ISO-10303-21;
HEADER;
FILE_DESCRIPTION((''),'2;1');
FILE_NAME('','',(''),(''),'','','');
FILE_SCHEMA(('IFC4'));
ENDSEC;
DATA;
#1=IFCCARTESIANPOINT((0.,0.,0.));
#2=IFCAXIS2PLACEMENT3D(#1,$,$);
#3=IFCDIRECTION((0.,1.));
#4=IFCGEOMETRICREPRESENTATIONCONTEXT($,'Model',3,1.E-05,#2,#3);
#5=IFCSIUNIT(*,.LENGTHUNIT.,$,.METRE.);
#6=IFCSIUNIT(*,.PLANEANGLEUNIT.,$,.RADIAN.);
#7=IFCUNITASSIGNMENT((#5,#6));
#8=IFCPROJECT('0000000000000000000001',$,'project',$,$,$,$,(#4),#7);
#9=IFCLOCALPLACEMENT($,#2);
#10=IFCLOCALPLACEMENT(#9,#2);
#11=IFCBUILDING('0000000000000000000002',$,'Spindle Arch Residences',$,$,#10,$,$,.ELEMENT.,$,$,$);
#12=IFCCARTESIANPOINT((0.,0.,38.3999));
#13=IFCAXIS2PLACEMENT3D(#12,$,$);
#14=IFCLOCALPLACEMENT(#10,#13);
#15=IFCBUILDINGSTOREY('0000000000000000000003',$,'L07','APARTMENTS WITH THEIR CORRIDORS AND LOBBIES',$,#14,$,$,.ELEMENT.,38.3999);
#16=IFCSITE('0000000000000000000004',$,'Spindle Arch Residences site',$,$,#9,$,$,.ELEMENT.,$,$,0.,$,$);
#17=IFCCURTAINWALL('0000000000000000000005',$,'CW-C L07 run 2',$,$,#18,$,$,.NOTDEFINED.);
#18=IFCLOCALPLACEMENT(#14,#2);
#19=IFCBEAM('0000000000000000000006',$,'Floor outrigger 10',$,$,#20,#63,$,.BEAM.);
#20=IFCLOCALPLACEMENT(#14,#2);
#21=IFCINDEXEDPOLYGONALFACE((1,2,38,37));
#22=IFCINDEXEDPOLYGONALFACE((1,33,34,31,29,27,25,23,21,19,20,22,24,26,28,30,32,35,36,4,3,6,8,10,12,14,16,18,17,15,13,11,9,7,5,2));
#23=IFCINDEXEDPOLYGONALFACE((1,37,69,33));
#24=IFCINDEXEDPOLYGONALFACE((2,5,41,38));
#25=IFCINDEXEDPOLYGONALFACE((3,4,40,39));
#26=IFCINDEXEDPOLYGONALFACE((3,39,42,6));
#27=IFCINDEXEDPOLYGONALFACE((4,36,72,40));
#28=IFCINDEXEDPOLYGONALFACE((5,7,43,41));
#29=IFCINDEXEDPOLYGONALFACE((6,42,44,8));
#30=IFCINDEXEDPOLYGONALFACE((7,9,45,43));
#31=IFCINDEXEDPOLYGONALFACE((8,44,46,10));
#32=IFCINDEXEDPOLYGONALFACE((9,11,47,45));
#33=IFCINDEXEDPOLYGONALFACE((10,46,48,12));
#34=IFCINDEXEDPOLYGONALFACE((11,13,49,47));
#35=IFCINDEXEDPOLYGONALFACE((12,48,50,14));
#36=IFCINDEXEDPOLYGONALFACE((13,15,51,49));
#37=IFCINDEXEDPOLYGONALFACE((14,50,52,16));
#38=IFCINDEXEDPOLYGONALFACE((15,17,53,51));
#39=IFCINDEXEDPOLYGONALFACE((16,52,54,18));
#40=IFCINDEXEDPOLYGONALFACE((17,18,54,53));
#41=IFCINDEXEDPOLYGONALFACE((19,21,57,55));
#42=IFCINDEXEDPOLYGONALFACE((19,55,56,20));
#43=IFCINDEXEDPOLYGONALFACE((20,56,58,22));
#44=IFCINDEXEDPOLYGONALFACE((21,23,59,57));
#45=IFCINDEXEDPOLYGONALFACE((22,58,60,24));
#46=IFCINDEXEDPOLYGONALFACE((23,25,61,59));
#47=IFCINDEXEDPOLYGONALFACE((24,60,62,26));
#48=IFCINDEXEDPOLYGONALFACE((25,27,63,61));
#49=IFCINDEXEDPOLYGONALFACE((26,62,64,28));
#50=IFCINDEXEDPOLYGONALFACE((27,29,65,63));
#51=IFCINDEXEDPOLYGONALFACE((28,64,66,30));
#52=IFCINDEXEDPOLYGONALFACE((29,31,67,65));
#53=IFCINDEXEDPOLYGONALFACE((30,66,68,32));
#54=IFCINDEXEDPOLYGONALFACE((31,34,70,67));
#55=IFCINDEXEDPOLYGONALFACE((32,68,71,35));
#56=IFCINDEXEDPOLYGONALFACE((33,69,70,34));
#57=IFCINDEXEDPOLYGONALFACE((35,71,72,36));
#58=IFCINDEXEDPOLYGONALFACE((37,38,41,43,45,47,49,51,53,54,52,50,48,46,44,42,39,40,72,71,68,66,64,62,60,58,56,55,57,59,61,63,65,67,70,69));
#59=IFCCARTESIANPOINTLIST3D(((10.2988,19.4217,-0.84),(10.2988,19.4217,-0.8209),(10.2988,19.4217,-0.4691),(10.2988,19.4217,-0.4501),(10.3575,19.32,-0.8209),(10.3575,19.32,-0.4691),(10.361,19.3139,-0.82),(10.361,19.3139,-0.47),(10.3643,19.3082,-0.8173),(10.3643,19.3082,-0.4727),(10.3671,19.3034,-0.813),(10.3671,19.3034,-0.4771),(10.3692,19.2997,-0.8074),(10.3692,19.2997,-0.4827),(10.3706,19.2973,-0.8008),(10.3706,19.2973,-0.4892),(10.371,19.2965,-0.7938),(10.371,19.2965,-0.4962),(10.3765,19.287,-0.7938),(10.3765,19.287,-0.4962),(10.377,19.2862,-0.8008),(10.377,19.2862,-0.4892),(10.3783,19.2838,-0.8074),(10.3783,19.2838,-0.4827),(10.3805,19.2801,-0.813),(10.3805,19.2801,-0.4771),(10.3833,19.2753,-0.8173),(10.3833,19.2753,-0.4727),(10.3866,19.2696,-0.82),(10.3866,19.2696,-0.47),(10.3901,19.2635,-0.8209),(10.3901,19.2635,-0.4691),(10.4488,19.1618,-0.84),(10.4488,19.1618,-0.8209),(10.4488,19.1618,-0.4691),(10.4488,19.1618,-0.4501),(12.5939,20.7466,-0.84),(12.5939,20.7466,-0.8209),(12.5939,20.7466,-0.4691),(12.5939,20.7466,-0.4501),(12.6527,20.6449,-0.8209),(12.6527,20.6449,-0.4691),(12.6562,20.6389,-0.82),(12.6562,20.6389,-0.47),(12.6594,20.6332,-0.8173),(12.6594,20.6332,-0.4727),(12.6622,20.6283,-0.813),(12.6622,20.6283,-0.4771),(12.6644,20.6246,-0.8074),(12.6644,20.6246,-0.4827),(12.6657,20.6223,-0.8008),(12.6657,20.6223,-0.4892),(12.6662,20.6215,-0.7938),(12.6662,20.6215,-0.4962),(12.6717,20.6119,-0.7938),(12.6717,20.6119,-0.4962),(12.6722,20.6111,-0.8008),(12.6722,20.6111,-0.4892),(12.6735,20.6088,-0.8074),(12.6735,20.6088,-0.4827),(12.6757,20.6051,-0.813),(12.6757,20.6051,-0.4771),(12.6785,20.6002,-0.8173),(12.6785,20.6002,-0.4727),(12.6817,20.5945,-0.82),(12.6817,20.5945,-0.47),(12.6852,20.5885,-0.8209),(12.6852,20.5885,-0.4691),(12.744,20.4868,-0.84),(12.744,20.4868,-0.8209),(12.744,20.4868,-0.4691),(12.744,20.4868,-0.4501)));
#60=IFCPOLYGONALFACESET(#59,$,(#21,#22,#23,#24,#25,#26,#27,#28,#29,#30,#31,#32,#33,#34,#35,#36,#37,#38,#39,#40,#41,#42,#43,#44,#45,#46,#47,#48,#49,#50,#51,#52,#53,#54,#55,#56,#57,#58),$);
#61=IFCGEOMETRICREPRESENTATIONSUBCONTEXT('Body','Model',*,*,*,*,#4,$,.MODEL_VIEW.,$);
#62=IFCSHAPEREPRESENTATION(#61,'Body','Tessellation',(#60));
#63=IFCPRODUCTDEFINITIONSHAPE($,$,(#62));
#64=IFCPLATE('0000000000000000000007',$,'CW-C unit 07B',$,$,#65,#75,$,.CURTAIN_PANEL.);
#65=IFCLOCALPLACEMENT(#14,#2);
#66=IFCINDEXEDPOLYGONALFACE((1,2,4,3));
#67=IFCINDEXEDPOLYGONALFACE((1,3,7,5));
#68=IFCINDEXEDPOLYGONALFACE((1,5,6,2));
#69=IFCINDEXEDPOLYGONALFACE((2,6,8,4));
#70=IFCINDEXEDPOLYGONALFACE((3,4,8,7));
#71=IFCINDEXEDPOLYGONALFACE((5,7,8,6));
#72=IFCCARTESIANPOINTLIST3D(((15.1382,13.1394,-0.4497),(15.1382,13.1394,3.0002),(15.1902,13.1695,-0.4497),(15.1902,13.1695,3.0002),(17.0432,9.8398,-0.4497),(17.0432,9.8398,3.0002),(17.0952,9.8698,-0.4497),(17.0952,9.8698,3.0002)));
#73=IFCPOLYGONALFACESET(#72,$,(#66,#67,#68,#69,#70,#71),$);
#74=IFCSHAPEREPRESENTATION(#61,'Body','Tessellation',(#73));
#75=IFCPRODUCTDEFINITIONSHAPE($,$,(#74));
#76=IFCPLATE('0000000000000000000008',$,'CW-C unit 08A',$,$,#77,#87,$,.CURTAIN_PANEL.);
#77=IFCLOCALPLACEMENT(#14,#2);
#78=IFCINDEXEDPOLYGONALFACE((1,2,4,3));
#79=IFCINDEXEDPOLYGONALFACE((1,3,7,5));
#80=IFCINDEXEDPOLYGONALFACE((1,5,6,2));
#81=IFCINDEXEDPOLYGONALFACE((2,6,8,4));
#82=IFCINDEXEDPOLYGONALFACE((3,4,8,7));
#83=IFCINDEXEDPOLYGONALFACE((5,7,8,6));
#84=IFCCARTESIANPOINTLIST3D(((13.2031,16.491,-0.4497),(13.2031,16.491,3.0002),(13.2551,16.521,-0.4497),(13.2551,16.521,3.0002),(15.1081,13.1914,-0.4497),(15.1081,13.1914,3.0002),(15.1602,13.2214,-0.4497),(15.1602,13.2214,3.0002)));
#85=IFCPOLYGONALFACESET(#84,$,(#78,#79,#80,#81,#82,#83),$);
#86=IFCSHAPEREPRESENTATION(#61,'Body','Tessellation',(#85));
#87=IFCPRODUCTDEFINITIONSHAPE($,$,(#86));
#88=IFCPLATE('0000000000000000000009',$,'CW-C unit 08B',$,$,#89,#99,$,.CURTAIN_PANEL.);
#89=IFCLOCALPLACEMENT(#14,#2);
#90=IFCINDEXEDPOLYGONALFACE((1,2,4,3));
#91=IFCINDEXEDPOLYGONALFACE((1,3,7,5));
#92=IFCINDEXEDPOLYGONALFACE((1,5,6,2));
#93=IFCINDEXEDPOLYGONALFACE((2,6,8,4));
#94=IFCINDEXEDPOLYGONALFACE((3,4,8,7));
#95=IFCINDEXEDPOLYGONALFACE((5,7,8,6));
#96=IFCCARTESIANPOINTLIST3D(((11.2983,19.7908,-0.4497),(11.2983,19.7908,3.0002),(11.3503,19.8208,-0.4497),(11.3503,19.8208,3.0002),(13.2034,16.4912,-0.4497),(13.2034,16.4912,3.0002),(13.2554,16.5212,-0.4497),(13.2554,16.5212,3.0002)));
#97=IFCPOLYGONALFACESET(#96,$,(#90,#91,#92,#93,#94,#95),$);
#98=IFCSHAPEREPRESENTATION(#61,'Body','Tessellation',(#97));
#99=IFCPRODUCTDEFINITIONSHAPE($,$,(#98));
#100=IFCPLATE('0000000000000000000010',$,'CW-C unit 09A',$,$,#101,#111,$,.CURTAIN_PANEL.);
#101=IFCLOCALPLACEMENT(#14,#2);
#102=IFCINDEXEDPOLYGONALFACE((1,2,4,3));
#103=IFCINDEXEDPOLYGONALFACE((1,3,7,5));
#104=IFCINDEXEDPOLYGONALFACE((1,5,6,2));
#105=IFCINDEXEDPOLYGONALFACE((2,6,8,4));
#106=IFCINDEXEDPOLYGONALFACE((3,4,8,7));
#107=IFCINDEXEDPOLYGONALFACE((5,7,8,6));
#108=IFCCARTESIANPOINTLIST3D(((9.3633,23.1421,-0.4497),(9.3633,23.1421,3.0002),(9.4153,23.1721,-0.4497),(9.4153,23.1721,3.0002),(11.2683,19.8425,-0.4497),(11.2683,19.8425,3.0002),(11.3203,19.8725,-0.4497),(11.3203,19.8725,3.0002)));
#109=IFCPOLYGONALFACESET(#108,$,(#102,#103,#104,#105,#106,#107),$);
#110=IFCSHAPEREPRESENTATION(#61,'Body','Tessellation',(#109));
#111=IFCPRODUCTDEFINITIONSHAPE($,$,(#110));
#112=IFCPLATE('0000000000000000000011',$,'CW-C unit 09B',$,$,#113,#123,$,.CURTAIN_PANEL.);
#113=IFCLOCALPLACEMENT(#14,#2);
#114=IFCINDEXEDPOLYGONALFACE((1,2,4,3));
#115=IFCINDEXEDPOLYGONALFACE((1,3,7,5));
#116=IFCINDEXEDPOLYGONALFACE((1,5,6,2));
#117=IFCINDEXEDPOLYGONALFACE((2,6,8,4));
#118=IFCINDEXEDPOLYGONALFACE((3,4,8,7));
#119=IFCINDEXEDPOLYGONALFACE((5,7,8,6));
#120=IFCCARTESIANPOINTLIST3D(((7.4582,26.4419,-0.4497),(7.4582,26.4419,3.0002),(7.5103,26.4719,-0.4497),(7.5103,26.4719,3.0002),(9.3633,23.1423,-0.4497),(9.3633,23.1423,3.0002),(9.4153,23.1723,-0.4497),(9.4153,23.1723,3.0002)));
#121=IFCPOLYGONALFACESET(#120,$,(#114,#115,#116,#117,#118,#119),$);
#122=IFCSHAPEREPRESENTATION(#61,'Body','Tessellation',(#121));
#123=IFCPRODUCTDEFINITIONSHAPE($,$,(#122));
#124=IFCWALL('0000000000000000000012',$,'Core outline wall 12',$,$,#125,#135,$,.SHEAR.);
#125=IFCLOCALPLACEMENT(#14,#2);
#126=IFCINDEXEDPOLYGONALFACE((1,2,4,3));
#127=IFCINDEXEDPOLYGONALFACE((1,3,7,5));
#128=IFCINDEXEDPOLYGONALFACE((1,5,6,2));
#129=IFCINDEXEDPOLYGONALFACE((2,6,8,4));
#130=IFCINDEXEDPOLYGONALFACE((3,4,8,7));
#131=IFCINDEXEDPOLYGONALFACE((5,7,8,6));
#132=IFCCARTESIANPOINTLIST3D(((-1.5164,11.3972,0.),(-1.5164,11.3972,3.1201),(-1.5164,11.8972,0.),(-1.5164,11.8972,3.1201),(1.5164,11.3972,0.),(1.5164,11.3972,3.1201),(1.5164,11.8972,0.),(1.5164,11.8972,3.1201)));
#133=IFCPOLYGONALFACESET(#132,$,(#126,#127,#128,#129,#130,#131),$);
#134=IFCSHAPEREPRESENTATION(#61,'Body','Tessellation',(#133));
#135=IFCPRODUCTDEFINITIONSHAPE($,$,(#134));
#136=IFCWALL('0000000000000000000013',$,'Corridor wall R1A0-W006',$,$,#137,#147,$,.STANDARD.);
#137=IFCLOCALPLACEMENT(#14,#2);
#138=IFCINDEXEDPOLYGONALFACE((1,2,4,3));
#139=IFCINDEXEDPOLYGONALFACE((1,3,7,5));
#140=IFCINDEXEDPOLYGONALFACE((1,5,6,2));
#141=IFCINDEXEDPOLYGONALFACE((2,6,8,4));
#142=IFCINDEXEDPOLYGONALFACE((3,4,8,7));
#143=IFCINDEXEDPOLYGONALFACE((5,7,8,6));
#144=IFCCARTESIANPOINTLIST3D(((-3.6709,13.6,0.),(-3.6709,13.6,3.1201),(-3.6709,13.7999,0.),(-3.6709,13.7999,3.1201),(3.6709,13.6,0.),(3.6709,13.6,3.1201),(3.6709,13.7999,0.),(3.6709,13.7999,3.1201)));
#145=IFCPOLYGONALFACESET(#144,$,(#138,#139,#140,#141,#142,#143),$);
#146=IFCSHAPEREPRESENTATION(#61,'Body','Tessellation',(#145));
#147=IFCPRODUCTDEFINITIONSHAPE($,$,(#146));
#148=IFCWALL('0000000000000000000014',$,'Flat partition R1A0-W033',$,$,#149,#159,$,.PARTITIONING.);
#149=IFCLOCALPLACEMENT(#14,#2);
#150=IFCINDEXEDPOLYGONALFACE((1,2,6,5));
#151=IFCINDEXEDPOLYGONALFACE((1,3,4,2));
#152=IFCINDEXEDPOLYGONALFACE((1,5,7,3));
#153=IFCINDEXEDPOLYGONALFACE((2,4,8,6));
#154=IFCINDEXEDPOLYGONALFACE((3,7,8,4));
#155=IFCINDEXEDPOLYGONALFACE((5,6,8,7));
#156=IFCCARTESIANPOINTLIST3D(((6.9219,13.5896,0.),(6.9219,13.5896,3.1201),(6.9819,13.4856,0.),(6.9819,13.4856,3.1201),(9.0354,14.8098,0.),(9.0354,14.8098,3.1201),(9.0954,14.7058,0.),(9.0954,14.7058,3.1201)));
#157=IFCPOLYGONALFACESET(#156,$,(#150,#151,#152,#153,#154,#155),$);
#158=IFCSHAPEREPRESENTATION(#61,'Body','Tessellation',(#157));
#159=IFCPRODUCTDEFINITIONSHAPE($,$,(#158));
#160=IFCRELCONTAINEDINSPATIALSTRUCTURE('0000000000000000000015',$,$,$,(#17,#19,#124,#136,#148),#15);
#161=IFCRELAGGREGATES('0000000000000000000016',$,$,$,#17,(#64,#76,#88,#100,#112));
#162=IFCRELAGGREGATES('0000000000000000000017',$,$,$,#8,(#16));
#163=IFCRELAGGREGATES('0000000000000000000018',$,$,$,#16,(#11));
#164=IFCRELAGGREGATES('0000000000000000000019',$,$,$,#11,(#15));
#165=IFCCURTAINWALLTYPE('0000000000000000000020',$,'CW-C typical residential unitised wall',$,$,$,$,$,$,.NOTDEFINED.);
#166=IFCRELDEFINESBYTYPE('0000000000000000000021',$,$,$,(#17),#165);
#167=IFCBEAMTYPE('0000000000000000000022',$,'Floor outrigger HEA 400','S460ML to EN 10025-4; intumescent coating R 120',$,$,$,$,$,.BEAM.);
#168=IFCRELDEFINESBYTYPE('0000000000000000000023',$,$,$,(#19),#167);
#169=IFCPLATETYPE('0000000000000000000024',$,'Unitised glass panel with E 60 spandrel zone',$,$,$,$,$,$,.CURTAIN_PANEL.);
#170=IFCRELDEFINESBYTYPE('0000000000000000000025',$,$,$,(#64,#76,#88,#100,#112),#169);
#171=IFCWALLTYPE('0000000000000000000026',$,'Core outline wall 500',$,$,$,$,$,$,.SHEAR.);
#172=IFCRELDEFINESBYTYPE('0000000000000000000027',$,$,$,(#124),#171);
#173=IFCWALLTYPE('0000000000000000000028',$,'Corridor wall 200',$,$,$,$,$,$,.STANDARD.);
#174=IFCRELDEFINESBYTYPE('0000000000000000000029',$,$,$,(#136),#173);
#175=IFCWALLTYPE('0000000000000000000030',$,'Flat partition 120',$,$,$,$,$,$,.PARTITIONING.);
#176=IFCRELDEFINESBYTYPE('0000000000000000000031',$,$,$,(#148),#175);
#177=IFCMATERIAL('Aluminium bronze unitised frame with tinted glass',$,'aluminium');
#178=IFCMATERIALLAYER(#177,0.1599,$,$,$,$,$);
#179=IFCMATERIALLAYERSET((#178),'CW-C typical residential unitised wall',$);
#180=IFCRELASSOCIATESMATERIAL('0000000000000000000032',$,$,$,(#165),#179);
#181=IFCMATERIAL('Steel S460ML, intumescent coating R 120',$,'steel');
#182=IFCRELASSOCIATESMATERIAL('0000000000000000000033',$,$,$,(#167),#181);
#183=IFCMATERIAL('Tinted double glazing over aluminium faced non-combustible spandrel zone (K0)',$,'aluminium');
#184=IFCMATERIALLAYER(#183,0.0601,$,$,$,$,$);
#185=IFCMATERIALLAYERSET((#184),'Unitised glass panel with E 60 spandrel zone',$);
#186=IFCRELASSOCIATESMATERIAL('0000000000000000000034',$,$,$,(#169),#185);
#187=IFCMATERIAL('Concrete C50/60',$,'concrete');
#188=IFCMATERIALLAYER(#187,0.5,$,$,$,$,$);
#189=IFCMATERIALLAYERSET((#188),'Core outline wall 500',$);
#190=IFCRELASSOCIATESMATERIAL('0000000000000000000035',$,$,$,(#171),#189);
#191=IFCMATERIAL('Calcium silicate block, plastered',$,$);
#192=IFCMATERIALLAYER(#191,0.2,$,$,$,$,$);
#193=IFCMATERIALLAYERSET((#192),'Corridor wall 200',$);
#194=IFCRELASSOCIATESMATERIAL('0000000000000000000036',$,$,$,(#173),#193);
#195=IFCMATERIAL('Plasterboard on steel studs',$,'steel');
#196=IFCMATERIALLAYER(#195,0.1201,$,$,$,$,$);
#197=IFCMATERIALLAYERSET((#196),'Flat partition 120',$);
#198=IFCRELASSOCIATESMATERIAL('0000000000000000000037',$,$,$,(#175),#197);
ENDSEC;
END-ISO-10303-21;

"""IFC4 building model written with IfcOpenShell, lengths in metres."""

from ifc_helpers import new_model, si_unit, direction, frame, frame_2d, origin, origin_2d, place, context, subcontext, project, spatial, rectangle, i_section, extrude, material, layer, layer_set, material_profile, profile_set, type_object, element, aggregate, save


model = new_model("IFC4")

# Units and contexts
model_context = context("Model", 3, precision=1e-05, world=origin(), true_north=direction((0.0, 1.0)))
body_context = subcontext(model_context, "Body", "Model", "MODEL_VIEW")
ifc_project = project(units=[si_unit("LENGTHUNIT", "METRE"), si_unit("PLANEANGLEUNIT", "RADIAN")], contexts=[model_context])

# Site, building, storey
site_placement = place(None, origin())
site = spatial("IfcSite", under=ifc_project, at=site_placement, Name="Spindle Arch Residences site", CompositionType="ELEMENT", RefElevation=0.0)
building_placement = place(site_placement, origin())
building = spatial("IfcBuilding", under=site, at=building_placement, Name="Spindle Arch Residences", CompositionType="ELEMENT")
storey_placement = place(building_placement, frame((0.0, 0.0, 38.3999)))
storey = spatial("IfcBuildingStorey", under=building, at=storey_placement, Name="L07", Description="APARTMENTS WITH THEIR CORRIDORS AND LOBBIES", CompositionType="ELEMENT", Elevation=38.3999)

# Curtain wall
ifc_material_1 = material(Name="Aluminium bronze unitised frame with tinted glass", Category="aluminium")
ifc_layer_1 = layer(ifc_material_1, 0.1599)
ifc_layer_set_1 = layer_set([ifc_layer_1], Name="CW-C typical residential unitised wall")
curtain_wall_type = type_object("IfcCurtainWallType", Name="CW-C typical residential unitised wall", PredefinedType="NOTDEFINED", material=ifc_layer_set_1)
curtain_wall_placement = place(storey_placement, origin())
curtain_wall = element("IfcCurtainWall", 1, at=curtain_wall_placement, inside=storey, type_object=curtain_wall_type, Name="CW-C L07 run 2", PredefinedType="NOTDEFINED")

# Beam
ifc_material_2 = material(Name="Steel S460ML, intumescent coating R 120", Category="steel")
ifc_material_profile_1 = material_profile(ifc_material_2, i_section(OverallWidth=0.3, OverallDepth=0.3899, WebThickness=0.011, FlangeThickness=0.019, FilletRadius=0.0271, at=origin_2d()), Name="HEA 400")
ifc_profile_set_1 = profile_set([ifc_material_profile_1], Name="Steel S460ML, intumescent coating R 120")
beam_type_1 = type_object("IfcBeamType", Name="Floor outrigger HEA 400", Description="S460ML to EN 10025-4; intumescent coating R 120", PredefinedType="BEAM", material=ifc_profile_set_1)
for number, where, z_axis, x_axis, name in (
    (2, (12.6689, 20.6167, -0.645), (-0.866052, -0.499954, 0.0), (0.499954, -0.866052, 0.0), "Floor outrigger 10"),
):
    element("IfcBeam", number, at=place(storey_placement, frame(where, z_axis=z_axis, x_axis=x_axis)), inside=storey, type_object=beam_type_1, Name=name, PredefinedType="BEAM", context=body_context, shape_type="SweptSolid", body=[
        extrude(i_section(OverallWidth=0.3, OverallDepth=0.3899, WebThickness=0.011, FlangeThickness=0.019, FilletRadius=0.0271, at=origin_2d()), origin(), (0.0, 0.0, 1.0), 2.6501),
    ])

# Plates
ifc_material_3 = material(Name="Tinted double glazing over aluminium faced non-combustible spandrel zone (K0)", Category="aluminium")
ifc_layer_2 = layer(ifc_material_3, 0.0601)
ifc_layer_set_2 = layer_set([ifc_layer_2], Name="Unitised glass panel with E 60 spandrel zone")
plate_type = type_object("IfcPlateType", Name="Unitised glass panel with E 60 spandrel zone", PredefinedType="CURTAIN_PANEL", material=ifc_layer_set_2)
plate_1_placement = place(storey_placement, frame((16.1167, 11.5046, -0.4497), z_axis=(0.0, 0.0, 1.0), x_axis=(-0.5, 0.866025, 0.0)))
plate_1 = element("IfcPlate", 3, at=plate_1_placement, type_object=plate_type, Name="CW-C unit 07B", PredefinedType="CURTAIN_PANEL", context=body_context, shape_type="SweptSolid", body=[
    extrude(rectangle(XDim=3.8101, YDim=0.0601, at=origin_2d()), origin(), (0.0, 0.0, 1.0), 3.45),
])
plate_2_placement = place(storey_placement, frame((14.1816, 14.8562, -0.4497), z_axis=(0.0, 0.0, 1.0), x_axis=(-0.5, 0.866025, 0.0)))
plate_2 = element("IfcPlate", 4, at=plate_2_placement, type_object=plate_type, Name="CW-C unit 08A", PredefinedType="CURTAIN_PANEL", context=body_context, shape_type="SweptSolid", body=[
    extrude(rectangle(XDim=3.8101, YDim=0.0601, at=origin_2d()), origin(), (0.0, 0.0, 1.0), 3.45),
])
plate_3_placement = place(storey_placement, frame((12.2769, 18.156, -0.4497), z_axis=(0.0, 0.0, 1.0), x_axis=(-0.5, 0.866025, 0.0)))
plate_3 = element("IfcPlate", 5, at=plate_3_placement, type_object=plate_type, Name="CW-C unit 08B", PredefinedType="CURTAIN_PANEL", context=body_context, shape_type="SweptSolid", body=[
    extrude(rectangle(XDim=3.8101, YDim=0.0601, at=origin_2d()), origin(), (0.0, 0.0, 1.0), 3.45),
])
plate_4_placement = place(storey_placement, frame((10.3418, 21.5073, -0.4497), z_axis=(0.0, 0.0, 1.0), x_axis=(-0.5, 0.866025, 0.0)))
plate_4 = element("IfcPlate", 6, at=plate_4_placement, type_object=plate_type, Name="CW-C unit 09A", PredefinedType="CURTAIN_PANEL", context=body_context, shape_type="SweptSolid", body=[
    extrude(rectangle(XDim=3.8101, YDim=0.0601, at=origin_2d()), origin(), (0.0, 0.0, 1.0), 3.45),
])
plate_5_placement = place(storey_placement, frame((8.4368, 24.8071, -0.4497), z_axis=(0.0, 0.0, 1.0), x_axis=(-0.5, 0.866025, 0.0)))
plate_5 = element("IfcPlate", 7, at=plate_5_placement, type_object=plate_type, Name="CW-C unit 09B", PredefinedType="CURTAIN_PANEL", context=body_context, shape_type="SweptSolid", body=[
    extrude(rectangle(XDim=3.8101, YDim=0.0601, at=origin_2d()), origin(), (0.0, 0.0, 1.0), 3.45),
])
aggregate(curtain_wall, [plate_1, plate_2, plate_3, plate_4, plate_5])

# Walls
ifc_material_4 = material(Name="Concrete C50/60", Category="concrete")
ifc_layer_3 = layer(ifc_material_4, 0.5)
ifc_layer_set_3 = layer_set([ifc_layer_3], Name="Core outline wall 500")
wall_type_1 = type_object("IfcWallType", Name="Core outline wall 500", PredefinedType="SHEAR", material=ifc_layer_set_3)
wall_1_placement = place(storey_placement, frame((1.5164, 11.6472, 0.0), z_axis=(0.0, 0.0, 1.0), x_axis=(-1.0, 0.0, 0.0)))
element("IfcWall", 8, at=wall_1_placement, inside=storey, type_object=wall_type_1, Name="Core outline wall 12", PredefinedType="SHEAR", context=body_context, shape_type="SweptSolid", body=[
    extrude(rectangle(XDim=3.0327, YDim=0.5, at=frame_2d((1.5164, 0.0))), origin(), (0.0, 0.0, 1.0), 3.1201),
])
ifc_material_5 = material(Name="Calcium silicate block, plastered")
ifc_layer_4 = layer(ifc_material_5, 0.2)
ifc_layer_set_4 = layer_set([ifc_layer_4], Name="Corridor wall 200")
wall_type_2 = type_object("IfcWallType", Name="Corridor wall 200", PredefinedType="STANDARD", material=ifc_layer_set_4)
wall_2_placement = place(storey_placement, frame((3.6709, 13.7, 0.0), z_axis=(0.0, 0.0, 1.0), x_axis=(-1.0, 0.0, 0.0)))
element("IfcWall", 9, at=wall_2_placement, inside=storey, type_object=wall_type_2, Name="Corridor wall R1A0-W006", PredefinedType="STANDARD", context=body_context, shape_type="SweptSolid", body=[
    extrude(rectangle(XDim=7.3418, YDim=0.2, at=frame_2d((3.6709, 0.0))), origin(), (0.0, 0.0, 1.0), 3.1201),
])
ifc_material_6 = material(Name="Plasterboard on steel studs", Category="steel")
ifc_layer_5 = layer(ifc_material_6, 0.1201)
ifc_layer_set_5 = layer_set([ifc_layer_5], Name="Flat partition 120")
wall_type_3 = type_object("IfcWallType", Name="Flat partition 120", PredefinedType="PARTITIONING", material=ifc_layer_set_5)
wall_3_placement = place(storey_placement, frame((6.9519, 13.5376, 0.0), z_axis=(0.0, 0.0, 1.0), x_axis=(0.866031, 0.499991, 0.0)))
element("IfcWall", 10, at=wall_3_placement, inside=storey, type_object=wall_type_3, Name="Flat partition R1A0-W033", PredefinedType="PARTITIONING", context=body_context, shape_type="SweptSolid", body=[
    extrude(rectangle(XDim=2.4404, YDim=0.1201, at=frame_2d((1.2202, 0.0))), origin(), (0.0, 0.0, 1.0), 3.1201),
])

save(model, "model.ifc")
